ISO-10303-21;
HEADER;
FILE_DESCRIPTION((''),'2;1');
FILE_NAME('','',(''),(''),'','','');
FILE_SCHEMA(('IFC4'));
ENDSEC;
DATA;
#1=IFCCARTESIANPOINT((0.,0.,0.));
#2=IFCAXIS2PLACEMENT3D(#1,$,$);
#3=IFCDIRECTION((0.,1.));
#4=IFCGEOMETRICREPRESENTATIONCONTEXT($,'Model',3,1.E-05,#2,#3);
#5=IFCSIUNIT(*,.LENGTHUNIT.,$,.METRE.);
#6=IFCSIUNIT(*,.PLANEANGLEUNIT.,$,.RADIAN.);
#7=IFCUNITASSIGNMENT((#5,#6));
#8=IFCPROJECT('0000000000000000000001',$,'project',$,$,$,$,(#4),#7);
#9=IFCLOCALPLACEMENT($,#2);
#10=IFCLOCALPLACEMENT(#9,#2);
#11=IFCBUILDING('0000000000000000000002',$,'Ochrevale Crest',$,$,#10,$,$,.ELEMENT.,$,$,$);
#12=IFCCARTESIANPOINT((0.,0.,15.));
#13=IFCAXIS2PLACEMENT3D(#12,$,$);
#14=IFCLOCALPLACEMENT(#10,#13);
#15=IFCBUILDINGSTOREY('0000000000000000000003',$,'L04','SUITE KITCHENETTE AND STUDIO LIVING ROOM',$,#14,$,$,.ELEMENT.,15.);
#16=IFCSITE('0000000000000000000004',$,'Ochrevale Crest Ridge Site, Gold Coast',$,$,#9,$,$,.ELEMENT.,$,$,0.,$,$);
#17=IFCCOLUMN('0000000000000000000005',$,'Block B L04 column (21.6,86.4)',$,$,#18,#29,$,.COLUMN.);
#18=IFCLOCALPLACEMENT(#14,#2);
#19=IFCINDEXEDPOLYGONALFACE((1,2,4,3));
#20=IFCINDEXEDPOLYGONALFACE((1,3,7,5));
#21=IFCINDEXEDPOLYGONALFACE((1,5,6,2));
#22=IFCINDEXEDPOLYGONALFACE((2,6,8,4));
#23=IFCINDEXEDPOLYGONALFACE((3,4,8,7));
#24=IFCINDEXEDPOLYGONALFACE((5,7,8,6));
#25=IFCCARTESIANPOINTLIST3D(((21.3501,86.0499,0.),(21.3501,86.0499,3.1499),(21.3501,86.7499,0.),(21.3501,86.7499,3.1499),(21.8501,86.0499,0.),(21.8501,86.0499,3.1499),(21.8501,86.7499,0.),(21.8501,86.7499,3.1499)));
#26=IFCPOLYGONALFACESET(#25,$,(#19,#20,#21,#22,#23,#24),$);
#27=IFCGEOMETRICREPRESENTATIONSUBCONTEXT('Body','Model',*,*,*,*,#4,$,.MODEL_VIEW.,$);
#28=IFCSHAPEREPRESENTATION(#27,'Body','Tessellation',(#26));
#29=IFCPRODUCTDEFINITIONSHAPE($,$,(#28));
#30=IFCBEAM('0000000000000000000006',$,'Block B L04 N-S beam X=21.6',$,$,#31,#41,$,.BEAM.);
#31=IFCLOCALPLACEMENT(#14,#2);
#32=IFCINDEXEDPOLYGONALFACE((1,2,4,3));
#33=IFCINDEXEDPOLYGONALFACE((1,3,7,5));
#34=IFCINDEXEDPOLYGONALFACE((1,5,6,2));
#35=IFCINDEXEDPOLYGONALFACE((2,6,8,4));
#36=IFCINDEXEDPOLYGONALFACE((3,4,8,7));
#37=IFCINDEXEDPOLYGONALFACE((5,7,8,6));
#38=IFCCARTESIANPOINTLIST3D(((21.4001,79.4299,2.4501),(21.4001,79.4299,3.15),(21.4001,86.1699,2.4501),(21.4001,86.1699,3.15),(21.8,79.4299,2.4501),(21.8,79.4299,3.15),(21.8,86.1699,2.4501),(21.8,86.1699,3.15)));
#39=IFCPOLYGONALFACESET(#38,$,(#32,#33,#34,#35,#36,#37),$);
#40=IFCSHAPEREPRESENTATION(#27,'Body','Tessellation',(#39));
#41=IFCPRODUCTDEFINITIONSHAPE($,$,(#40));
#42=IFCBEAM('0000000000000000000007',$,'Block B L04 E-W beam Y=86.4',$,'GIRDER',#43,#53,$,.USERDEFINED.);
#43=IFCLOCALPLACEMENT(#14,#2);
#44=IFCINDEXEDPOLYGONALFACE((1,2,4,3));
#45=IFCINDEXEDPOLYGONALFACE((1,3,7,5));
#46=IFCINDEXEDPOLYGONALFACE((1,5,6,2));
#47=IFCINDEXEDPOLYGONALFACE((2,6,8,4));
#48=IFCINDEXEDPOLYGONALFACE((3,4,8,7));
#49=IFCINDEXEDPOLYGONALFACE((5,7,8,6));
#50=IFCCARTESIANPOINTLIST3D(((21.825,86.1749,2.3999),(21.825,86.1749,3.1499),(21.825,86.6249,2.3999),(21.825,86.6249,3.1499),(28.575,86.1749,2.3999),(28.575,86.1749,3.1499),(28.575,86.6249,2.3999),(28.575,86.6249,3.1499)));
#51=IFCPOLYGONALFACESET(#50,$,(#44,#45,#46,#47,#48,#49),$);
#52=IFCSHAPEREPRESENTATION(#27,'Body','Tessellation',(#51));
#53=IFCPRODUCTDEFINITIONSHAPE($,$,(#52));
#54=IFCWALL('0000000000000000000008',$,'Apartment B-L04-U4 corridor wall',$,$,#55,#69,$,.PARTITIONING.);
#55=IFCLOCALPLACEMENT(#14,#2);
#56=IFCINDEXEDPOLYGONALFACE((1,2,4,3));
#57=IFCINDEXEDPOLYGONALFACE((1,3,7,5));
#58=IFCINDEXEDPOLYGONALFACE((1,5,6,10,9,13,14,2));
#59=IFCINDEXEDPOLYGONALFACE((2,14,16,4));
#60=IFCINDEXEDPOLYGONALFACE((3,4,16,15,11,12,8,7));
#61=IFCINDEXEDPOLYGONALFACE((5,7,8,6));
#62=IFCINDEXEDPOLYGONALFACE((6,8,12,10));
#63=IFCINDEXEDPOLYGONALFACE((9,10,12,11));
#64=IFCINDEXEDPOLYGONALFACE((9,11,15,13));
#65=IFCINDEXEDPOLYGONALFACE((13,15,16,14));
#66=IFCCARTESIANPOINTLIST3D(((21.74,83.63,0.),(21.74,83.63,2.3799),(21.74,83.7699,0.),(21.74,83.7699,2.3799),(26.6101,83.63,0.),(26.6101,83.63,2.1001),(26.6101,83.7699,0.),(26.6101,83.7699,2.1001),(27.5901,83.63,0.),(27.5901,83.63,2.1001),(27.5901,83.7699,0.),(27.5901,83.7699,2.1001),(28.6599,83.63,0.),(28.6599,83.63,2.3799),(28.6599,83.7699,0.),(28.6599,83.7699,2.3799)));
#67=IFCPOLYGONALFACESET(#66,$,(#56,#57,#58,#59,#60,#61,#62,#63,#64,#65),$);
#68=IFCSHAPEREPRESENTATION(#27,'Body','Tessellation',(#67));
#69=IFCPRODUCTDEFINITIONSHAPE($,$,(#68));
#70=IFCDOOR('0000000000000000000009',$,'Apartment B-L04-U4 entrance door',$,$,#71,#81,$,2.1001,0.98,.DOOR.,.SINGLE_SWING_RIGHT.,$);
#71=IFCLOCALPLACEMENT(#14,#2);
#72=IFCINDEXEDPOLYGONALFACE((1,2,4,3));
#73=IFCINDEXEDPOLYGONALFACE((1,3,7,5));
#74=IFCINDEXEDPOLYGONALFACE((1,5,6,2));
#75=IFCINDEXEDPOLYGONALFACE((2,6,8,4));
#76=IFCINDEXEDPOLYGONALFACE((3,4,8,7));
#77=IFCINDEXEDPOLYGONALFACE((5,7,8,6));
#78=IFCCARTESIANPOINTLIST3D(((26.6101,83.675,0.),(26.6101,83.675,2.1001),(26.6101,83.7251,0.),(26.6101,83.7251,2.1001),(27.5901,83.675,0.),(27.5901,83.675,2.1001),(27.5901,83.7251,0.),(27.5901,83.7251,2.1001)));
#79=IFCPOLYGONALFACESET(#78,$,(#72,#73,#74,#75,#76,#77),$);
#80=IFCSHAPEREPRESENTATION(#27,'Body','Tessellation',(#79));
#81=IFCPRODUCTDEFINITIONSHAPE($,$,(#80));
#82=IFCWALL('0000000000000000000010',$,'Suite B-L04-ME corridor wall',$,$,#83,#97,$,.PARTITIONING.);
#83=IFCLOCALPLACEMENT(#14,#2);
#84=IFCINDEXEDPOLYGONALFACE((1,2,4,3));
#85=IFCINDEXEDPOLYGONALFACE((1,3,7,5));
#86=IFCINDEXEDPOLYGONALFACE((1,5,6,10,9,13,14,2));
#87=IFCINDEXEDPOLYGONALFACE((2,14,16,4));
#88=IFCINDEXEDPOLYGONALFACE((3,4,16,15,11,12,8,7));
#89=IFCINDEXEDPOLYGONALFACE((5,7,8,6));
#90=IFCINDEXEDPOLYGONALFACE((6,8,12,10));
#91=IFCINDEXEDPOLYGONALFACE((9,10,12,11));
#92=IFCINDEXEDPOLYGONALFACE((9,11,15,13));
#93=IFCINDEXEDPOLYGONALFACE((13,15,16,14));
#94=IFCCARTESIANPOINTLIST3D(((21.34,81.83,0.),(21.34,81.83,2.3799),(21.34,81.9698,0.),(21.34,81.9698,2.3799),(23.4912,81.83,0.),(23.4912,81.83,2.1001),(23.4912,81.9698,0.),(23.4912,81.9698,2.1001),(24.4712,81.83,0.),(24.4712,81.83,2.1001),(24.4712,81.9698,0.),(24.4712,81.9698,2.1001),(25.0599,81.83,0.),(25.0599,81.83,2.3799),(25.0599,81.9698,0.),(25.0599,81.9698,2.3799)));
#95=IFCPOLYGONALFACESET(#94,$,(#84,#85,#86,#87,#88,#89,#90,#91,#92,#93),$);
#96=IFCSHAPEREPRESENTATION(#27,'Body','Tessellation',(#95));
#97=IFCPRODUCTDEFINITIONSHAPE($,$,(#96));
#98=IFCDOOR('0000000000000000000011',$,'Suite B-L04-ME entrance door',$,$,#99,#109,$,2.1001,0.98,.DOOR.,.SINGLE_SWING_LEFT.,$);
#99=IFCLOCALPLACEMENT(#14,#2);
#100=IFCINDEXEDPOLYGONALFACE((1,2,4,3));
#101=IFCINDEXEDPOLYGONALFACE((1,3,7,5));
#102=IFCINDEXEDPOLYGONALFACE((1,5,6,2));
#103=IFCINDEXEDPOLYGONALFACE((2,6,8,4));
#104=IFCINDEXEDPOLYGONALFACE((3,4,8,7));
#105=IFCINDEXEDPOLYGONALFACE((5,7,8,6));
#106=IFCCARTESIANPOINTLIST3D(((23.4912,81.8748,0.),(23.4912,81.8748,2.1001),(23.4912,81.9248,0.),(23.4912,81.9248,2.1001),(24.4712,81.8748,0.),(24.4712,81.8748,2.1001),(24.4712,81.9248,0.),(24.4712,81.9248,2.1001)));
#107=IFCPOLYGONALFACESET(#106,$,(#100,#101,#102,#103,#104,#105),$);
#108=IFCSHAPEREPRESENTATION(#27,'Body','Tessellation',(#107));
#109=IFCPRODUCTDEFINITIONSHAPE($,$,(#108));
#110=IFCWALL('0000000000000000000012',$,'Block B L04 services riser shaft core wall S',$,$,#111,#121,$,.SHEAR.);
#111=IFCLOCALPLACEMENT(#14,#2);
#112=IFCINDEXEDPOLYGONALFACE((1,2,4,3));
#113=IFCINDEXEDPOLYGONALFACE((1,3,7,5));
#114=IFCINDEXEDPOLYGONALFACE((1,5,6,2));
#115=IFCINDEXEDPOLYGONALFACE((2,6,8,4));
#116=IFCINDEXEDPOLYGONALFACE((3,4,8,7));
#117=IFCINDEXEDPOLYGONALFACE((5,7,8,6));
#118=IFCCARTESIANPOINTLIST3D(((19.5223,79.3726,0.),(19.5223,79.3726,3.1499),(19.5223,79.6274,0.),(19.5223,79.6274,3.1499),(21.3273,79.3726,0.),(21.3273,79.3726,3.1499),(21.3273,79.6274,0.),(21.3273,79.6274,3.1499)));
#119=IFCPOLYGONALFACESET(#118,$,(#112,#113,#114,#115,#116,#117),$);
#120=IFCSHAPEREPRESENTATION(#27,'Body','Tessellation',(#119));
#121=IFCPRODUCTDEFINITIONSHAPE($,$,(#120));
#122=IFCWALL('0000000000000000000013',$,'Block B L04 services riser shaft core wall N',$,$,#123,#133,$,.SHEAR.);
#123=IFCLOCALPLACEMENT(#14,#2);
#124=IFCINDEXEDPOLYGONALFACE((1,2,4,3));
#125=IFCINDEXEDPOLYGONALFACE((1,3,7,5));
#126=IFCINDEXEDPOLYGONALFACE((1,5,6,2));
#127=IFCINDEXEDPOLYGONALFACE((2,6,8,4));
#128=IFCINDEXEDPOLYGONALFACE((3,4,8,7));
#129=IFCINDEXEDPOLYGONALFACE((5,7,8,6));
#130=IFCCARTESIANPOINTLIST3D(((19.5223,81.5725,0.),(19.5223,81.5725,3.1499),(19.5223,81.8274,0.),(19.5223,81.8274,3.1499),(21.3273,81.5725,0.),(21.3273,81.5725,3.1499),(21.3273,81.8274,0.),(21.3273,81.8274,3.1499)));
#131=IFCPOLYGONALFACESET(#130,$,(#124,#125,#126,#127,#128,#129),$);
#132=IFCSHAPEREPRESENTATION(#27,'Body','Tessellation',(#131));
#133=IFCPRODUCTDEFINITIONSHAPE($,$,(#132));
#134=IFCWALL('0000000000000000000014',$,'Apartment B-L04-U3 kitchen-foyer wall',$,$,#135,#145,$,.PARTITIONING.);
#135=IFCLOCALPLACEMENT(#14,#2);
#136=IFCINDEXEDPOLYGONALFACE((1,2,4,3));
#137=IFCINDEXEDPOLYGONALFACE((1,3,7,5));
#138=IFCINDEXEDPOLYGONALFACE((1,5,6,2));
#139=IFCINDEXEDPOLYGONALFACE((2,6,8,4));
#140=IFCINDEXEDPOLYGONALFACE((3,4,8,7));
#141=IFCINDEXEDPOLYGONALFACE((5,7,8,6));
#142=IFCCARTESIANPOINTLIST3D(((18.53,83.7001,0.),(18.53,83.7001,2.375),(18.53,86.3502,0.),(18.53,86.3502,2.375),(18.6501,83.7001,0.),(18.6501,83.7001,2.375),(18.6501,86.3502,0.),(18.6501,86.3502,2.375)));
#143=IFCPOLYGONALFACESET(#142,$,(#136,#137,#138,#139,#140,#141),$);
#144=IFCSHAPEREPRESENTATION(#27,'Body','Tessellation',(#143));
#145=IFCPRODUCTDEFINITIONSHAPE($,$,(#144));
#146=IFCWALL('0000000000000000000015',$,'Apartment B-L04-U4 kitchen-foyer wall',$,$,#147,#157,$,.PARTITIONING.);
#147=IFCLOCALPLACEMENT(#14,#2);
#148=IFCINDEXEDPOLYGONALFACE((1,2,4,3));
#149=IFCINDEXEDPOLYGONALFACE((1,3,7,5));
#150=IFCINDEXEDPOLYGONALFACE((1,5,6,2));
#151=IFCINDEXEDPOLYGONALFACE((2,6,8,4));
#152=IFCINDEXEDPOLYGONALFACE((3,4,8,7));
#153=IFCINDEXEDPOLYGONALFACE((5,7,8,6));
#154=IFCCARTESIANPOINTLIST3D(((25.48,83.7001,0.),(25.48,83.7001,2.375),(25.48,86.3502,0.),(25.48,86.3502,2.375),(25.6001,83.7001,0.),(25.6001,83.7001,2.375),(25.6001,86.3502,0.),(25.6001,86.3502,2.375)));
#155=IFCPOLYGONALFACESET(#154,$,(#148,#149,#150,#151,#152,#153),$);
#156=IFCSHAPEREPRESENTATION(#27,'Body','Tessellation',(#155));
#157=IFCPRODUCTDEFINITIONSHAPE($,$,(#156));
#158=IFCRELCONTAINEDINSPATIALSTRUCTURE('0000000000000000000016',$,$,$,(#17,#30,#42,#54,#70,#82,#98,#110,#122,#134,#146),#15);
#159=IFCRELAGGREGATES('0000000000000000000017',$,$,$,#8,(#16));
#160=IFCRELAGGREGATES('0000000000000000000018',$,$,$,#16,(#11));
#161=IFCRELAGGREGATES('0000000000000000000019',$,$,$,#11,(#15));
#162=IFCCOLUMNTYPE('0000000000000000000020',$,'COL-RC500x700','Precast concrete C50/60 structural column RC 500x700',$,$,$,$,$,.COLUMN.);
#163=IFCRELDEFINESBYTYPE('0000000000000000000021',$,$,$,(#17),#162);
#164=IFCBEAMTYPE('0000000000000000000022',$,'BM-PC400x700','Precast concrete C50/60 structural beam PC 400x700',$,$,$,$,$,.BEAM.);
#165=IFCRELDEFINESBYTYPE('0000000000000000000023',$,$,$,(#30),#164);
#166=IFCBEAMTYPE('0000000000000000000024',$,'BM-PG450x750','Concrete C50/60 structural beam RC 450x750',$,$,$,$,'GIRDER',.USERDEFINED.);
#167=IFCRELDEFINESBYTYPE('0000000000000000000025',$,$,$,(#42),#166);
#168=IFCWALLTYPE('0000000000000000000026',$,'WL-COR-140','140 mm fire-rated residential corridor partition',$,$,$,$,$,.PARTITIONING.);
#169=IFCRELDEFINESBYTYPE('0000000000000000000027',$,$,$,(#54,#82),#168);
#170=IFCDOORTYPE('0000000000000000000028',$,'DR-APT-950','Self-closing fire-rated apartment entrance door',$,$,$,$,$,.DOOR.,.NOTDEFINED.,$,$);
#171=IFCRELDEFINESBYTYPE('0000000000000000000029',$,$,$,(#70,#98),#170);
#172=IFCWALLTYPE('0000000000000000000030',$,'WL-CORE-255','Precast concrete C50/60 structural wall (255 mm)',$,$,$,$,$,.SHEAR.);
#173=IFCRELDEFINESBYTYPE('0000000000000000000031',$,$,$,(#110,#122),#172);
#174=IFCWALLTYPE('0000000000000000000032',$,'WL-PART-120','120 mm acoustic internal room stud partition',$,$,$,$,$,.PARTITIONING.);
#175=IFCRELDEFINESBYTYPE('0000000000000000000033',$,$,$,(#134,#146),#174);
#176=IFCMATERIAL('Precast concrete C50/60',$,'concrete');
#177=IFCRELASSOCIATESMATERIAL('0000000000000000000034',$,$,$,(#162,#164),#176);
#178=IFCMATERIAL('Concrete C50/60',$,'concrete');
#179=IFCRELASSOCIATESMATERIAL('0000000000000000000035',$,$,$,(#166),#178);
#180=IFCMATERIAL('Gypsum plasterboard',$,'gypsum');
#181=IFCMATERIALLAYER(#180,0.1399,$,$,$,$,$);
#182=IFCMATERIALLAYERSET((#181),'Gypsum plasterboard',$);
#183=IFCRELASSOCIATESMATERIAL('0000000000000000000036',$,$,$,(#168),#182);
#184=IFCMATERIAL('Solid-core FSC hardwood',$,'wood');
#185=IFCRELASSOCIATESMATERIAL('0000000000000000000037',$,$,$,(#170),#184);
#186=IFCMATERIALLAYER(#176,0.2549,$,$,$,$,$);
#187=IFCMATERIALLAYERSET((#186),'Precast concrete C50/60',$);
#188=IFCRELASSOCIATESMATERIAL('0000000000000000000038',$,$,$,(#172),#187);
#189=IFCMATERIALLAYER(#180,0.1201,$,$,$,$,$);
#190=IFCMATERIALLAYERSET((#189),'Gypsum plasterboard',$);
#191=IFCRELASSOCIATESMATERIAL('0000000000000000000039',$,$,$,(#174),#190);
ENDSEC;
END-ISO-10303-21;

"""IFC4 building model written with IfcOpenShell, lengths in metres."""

from ifc_helpers import new_model, si_unit, direction, frame, frame_2d, origin, origin_2d, place, context, subcontext, project, spatial, rectangle, extrude, material, layer, layer_set, material_profile, profile_set, type_object, element, fill, save


model = new_model("IFC4")

# Units and contexts
model_context = context("Model", 3, precision=1e-05, world=origin(), true_north=direction((0.0, 1.0)))
body_context = subcontext(model_context, "Body", "Model", "MODEL_VIEW")
ifc_project = project(units=[si_unit("LENGTHUNIT", "METRE"), si_unit("PLANEANGLEUNIT", "RADIAN")], contexts=[model_context])

# Site, building, storey
site_placement = place(None, origin())
site = spatial("IfcSite", under=ifc_project, at=site_placement, Name="Ochrevale Crest Ridge Site, Gold Coast", CompositionType="ELEMENT", RefElevation=0.0)
building_placement = place(site_placement, origin())
building = spatial("IfcBuilding", under=site, at=building_placement, Name="Ochrevale Crest", CompositionType="ELEMENT")
storey_placement = place(building_placement, frame((0.0, 0.0, 15.0)))
storey = spatial("IfcBuildingStorey", under=building, at=storey_placement, Name="L04", Description="SUITE KITCHENETTE AND STUDIO LIVING ROOM", CompositionType="ELEMENT", Elevation=15.0)

# Column
ifc_material_1 = material(Name="Precast concrete C50/60", Category="concrete")
ifc_material_profile_1 = material_profile(ifc_material_1, rectangle(XDim=0.5, YDim=0.7, at=origin_2d()), Name="RC 500x700")
ifc_profile_set_1 = profile_set([ifc_material_profile_1], Name="Precast concrete C50/60")
column_type = type_object("IfcColumnType", Name="COL-RC500x700", Description="Precast concrete C50/60 structural column RC 500x700", PredefinedType="COLUMN", material=ifc_profile_set_1)
column_placement = place(storey_placement, frame((21.6001, 86.3999, 0.0), z_axis=(0.0, 0.0, 1.0), x_axis=(1.0, 0.0, 0.0)))
element("IfcColumn", 1, at=column_placement, inside=storey, type_object=column_type, Name="Block B L04 column (21.6,86.4)", PredefinedType="COLUMN", context=body_context, shape_type="SweptSolid", body=[
    extrude(rectangle(XDim=0.5, YDim=0.7, at=origin_2d()), origin(), (0.0, 0.0, 1.0), 3.1499),
])

# Beams
ifc_material_profile_2 = material_profile(ifc_material_1, rectangle(XDim=0.3999, YDim=0.7, at=origin_2d()), Name="PC 400x700")
ifc_profile_set_2 = profile_set([ifc_material_profile_2], Name="Precast concrete C50/60")
beam_type_1 = type_object("IfcBeamType", Name="BM-PC400x700", Description="Precast concrete C50/60 structural beam PC 400x700", PredefinedType="BEAM", material=ifc_profile_set_2)
beam_1_placement = place(storey_placement, frame((21.6001, 79.4299, 2.8), z_axis=(0.0, 1.0, 0.0), x_axis=(-1.0, 0.0, 0.0)))
element("IfcBeam", 2, at=beam_1_placement, inside=storey, type_object=beam_type_1, Name="Block B L04 N-S beam X=21.6", PredefinedType="BEAM", context=body_context, shape_type="SweptSolid", body=[
    extrude(rectangle(XDim=0.3999, YDim=0.7, at=origin_2d()), origin(), (0.0, 0.0, 1.0), 6.74),
])
ifc_material_2 = material(Name="Concrete C50/60", Category="concrete")
ifc_material_profile_3 = material_profile(ifc_material_2, rectangle(XDim=0.45, YDim=0.75, at=origin_2d()), Name="RC 450x750")
ifc_profile_set_3 = profile_set([ifc_material_profile_3], Name="Concrete C50/60")
beam_type_2 = type_object("IfcBeamType", Name="BM-PG450x750", Description="Concrete C50/60 structural beam RC 450x750", ElementType="GIRDER", PredefinedType="USERDEFINED", material=ifc_profile_set_3)
beam_2_placement = place(storey_placement, frame((21.825, 86.3999, 2.7749), z_axis=(1.0, 0.0, 0.0), x_axis=(0.0, 1.0, 0.0)))
element("IfcBeam", 3, at=beam_2_placement, inside=storey, type_object=beam_type_2, Name="Block B L04 E-W beam Y=86.4", ObjectType="GIRDER", PredefinedType="USERDEFINED", context=body_context, shape_type="SweptSolid", body=[
    extrude(rectangle(XDim=0.45, YDim=0.75, at=origin_2d()), origin(), (0.0, 0.0, 1.0), 6.75),
])

# Walls, openings, doors
ifc_material_3 = material(Name="Gypsum plasterboard", Category="gypsum")
ifc_layer_1 = layer(ifc_material_3, 0.1399)
ifc_layer_set_1 = layer_set([ifc_layer_1], Name="Gypsum plasterboard")
wall_type_1 = type_object("IfcWallType", Name="WL-COR-140", Description="140 mm fire-rated residential corridor partition", PredefinedType="PARTITIONING", material=ifc_layer_set_1)
wall_1_placement = place(storey_placement, frame((21.74, 83.7, 0.0), z_axis=(0.0, 0.0, 1.0), x_axis=(1.0, 0.0, 0.0)))
wall_1 = element("IfcWall", 4, at=wall_1_placement, inside=storey, type_object=wall_type_1, Name="Apartment B-L04-U4 corridor wall", PredefinedType="PARTITIONING", context=body_context, shape_type="SweptSolid", body=[
    extrude(rectangle(XDim=6.9199, YDim=0.1399, at=frame_2d((3.46, 0.0))), origin(), (0.0, 0.0, 1.0), 2.3799),
])
opening_1_placement = place(wall_1_placement, frame((5.8501, 0.0, 0.0), z_axis=(0.0, 0.0, 1.0), x_axis=(-1.0, 0.0, 0.0)))
opening_1 = element("IfcOpeningElement", 5, at=opening_1_placement, cuts=wall_1, PredefinedType="OPENING", context=body_context, shape_type="SweptSolid", body=[
    extrude(rectangle(XDim=0.98, YDim=2.1001, at=frame_2d((0.49, 1.05))), frame((0.0, 0.0801, 0.0), z_axis=(0.0, -1.0, 0.0), x_axis=(1.0, 0.0, 0.0)), (0.0, 0.0, 1.0), 0.1599),
])
ifc_material_4 = material(Name="Solid-core FSC hardwood", Category="wood")
door_type_1 = type_object("IfcDoorType", Name="DR-APT-950", Description="Self-closing fire-rated apartment entrance door", OperationType="NOTDEFINED", PredefinedType="DOOR", material=ifc_material_4)
door_1_placement = place(opening_1_placement, origin())
door_1 = element("IfcDoor", 6, at=door_1_placement, inside=storey, type_object=door_type_1, Name="Apartment B-L04-U4 entrance door", OperationType="SINGLE_SWING_RIGHT", OverallHeight=2.1001, OverallWidth=0.98, PredefinedType="DOOR", context=body_context, shape_type="SweptSolid", body=[
    extrude(rectangle(XDim=0.98, YDim=2.1001, at=frame_2d((0.49, 1.05))), frame((0.0, 0.0249, 0.0), z_axis=(0.0, -1.0, 0.0), x_axis=(1.0, 0.0, 0.0)), (0.0, 0.0, 1.0), 0.05),
])
fill(opening_1, door_1)
wall_2_placement = place(storey_placement, frame((21.3401, 81.8999, 0.0), z_axis=(0.0, 0.0, 1.0), x_axis=(1.0, 0.0, 0.0)))
wall_2 = element("IfcWall", 7, at=wall_2_placement, inside=storey, type_object=wall_type_1, Name="Suite B-L04-ME corridor wall", PredefinedType="PARTITIONING", context=body_context, shape_type="SweptSolid", body=[
    extrude(rectangle(XDim=3.72, YDim=0.1399, at=frame_2d((1.8599, 0.0))), origin(), (0.0, 0.0, 1.0), 2.3799),
])
opening_2_placement = place(wall_2_placement, frame((2.1511, 0.0, 0.0)))
opening_2 = element("IfcOpeningElement", 8, at=opening_2_placement, cuts=wall_2, PredefinedType="OPENING", context=body_context, shape_type="SweptSolid", body=[
    extrude(rectangle(XDim=0.98, YDim=2.1001, at=frame_2d((0.49, 1.05))), frame((0.0, 0.0801, 0.0), z_axis=(0.0, -1.0, 0.0), x_axis=(1.0, 0.0, 0.0)), (0.0, 0.0, 1.0), 0.1599),
])
door_2_placement = place(opening_2_placement, origin())
door_2 = element("IfcDoor", 9, at=door_2_placement, inside=storey, type_object=door_type_1, Name="Suite B-L04-ME entrance door", OperationType="SINGLE_SWING_LEFT", OverallHeight=2.1001, OverallWidth=0.98, PredefinedType="DOOR", context=body_context, shape_type="SweptSolid", body=[
    extrude(rectangle(XDim=0.98, YDim=2.1001, at=frame_2d((0.49, 1.05))), frame((0.0, 0.0249, 0.0), z_axis=(0.0, -1.0, 0.0), x_axis=(1.0, 0.0, 0.0)), (0.0, 0.0, 1.0), 0.05),
])
fill(opening_2, door_2)
ifc_layer_2 = layer(ifc_material_1, 0.2549)
ifc_layer_set_2 = layer_set([ifc_layer_2], Name="Precast concrete C50/60")
wall_type_2 = type_object("IfcWallType", Name="WL-CORE-255", Description="Precast concrete C50/60 structural wall (255 mm)", PredefinedType="SHEAR", material=ifc_layer_set_2)

# Walls
for number, where, z_axis, x_axis, name in (
    (10, (19.5225, 79.5, 0.0), (0.0, 0.0, 1.0), (1.0, 0.0, 0.0), "Block B L04 services riser shaft core wall S"),
    (11, (19.5225, 81.7, 0.0), (0.0, 0.0, 1.0), (1.0, 0.0, 0.0), "Block B L04 services riser shaft core wall N"),
):
    element("IfcWall", number, at=place(storey_placement, frame(where, z_axis=z_axis, x_axis=x_axis)), inside=storey, type_object=wall_type_2, Name=name, PredefinedType="SHEAR", context=body_context, shape_type="SweptSolid", body=[
        extrude(rectangle(XDim=1.8049, YDim=0.2549, at=frame_2d((0.9023, 0.0))), origin(), (0.0, 0.0, 1.0), 3.1499),
    ])
ifc_layer_3 = layer(ifc_material_3, 0.1201)
ifc_layer_set_3 = layer_set([ifc_layer_3], Name="Gypsum plasterboard")
wall_type_3 = type_object("IfcWallType", Name="WL-PART-120", Description="120 mm acoustic internal room stud partition", PredefinedType="PARTITIONING", material=ifc_layer_set_3)
for number, where, z_axis, x_axis, name in (
    (12, (18.5901, 83.7, 0.0), (0.0, 0.0, 1.0), (0.0, 1.0, 0.0), "Apartment B-L04-U3 kitchen-foyer wall"),
    (13, (25.54, 83.7, 0.0), (0.0, 0.0, 1.0), (0.0, 1.0, 0.0), "Apartment B-L04-U4 kitchen-foyer wall"),
):
    element("IfcWall", number, at=place(storey_placement, frame(where, z_axis=z_axis, x_axis=x_axis)), inside=storey, type_object=wall_type_3, Name=name, PredefinedType="PARTITIONING", context=body_context, shape_type="SweptSolid", body=[
        extrude(rectangle(XDim=2.6501, YDim=0.1201, at=frame_2d((1.3252, 0.0))), origin(), (0.0, 0.0, 1.0), 2.375),
    ])

save(model, "model.ifc")
